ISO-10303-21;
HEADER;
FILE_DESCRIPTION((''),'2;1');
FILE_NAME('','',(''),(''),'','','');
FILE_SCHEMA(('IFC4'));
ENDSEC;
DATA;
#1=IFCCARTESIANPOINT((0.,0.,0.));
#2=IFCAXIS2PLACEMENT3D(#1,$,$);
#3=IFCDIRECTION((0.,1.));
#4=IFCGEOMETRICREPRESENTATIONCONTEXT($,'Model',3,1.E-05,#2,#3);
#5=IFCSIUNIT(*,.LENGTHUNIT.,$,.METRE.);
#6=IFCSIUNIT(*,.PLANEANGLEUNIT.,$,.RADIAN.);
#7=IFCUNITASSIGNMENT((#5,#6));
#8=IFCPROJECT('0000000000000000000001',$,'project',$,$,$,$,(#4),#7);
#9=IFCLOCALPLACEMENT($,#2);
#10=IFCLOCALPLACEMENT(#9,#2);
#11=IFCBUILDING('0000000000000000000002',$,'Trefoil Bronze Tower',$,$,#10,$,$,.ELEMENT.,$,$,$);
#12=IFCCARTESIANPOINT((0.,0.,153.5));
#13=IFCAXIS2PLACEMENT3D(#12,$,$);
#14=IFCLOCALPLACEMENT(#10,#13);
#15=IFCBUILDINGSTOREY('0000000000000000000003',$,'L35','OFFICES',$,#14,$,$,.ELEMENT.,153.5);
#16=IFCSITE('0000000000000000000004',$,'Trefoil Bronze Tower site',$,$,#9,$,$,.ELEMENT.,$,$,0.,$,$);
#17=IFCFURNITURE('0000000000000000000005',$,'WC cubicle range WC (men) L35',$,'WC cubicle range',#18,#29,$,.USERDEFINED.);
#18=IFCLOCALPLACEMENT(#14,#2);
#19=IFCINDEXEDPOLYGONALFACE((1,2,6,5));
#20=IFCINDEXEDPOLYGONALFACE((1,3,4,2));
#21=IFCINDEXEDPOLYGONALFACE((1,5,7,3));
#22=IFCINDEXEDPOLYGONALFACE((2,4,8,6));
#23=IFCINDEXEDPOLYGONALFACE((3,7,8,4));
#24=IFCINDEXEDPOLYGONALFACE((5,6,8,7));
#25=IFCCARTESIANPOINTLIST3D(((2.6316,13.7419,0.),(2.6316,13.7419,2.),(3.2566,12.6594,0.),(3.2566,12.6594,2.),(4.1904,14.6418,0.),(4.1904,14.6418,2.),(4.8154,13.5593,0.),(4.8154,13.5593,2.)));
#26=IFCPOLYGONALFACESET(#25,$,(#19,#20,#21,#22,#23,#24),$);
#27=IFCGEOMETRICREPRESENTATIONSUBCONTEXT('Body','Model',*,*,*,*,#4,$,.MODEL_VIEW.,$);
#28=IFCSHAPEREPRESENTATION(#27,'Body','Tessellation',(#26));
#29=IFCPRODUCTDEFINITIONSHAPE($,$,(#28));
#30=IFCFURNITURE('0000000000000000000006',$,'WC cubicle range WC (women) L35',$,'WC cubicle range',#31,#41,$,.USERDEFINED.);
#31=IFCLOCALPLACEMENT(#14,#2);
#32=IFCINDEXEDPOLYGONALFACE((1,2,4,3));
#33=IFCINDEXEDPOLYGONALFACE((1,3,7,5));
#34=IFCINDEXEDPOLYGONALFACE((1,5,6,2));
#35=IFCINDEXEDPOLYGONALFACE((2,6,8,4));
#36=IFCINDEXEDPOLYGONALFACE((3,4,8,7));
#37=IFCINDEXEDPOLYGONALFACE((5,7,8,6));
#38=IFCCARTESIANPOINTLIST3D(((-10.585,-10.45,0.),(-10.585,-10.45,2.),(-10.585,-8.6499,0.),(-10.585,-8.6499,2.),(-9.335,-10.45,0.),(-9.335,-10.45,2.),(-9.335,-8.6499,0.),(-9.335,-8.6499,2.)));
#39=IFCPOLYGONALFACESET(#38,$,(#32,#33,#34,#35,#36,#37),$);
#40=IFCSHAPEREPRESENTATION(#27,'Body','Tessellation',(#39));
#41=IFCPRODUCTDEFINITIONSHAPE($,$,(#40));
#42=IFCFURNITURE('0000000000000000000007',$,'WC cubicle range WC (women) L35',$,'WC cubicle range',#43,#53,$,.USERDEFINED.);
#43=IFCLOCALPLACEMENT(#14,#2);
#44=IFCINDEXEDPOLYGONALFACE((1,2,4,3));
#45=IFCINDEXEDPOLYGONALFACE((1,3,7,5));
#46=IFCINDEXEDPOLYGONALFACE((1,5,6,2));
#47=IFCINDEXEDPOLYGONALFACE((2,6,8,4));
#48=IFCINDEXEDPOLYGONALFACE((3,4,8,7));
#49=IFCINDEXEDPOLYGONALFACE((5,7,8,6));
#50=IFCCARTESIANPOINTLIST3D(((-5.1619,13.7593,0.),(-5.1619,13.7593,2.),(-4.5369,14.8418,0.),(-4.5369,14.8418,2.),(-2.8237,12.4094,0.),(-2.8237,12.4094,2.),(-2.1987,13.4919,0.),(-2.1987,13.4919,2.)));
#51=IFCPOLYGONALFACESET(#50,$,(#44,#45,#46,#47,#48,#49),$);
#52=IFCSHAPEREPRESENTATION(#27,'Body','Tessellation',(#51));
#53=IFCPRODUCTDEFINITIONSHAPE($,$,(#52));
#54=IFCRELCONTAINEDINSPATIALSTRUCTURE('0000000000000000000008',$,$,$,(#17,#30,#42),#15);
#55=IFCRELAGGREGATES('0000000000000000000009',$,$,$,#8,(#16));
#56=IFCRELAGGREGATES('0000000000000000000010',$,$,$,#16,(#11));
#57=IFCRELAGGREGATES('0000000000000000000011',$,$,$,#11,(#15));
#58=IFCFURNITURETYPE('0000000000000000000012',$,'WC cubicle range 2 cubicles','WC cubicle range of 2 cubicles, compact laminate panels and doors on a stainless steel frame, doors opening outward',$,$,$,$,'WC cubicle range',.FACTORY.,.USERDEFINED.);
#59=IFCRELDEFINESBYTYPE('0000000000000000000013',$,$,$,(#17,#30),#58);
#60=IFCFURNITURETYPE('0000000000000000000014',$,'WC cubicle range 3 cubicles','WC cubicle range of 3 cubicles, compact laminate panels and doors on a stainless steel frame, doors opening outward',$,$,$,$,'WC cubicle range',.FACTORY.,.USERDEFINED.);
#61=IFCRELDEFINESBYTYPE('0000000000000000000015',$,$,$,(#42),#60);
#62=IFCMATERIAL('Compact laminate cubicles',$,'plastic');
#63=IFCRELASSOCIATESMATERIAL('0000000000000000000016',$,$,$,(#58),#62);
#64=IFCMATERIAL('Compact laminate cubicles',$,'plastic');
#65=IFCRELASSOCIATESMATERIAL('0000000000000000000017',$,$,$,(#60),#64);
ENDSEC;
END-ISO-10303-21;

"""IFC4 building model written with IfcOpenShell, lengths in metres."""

from ifc_helpers import new_model, si_unit, direction, frame, origin, place, context, subcontext, project, spatial, polyline, outline, extrude, material, type_object, element, save


model = new_model("IFC4")

# Units and contexts
model_context = context("Model", 3, precision=1e-05, world=origin(), true_north=direction((0.0, 1.0)))
body_context = subcontext(model_context, "Body", "Model", "MODEL_VIEW")
ifc_project = project(units=[si_unit("LENGTHUNIT", "METRE"), si_unit("PLANEANGLEUNIT", "RADIAN")], contexts=[model_context])

# Site, building, storey
site_placement = place(None, origin())
site = spatial("IfcSite", under=ifc_project, at=site_placement, Name="Trefoil Bronze Tower site", CompositionType="ELEMENT", RefElevation=0.0)
building_placement = place(site_placement, origin())
building = spatial("IfcBuilding", under=site, at=building_placement, Name="Trefoil Bronze Tower", CompositionType="ELEMENT")
storey_placement = place(building_placement, frame((0.0, 0.0, 153.5)))
storey = spatial("IfcBuildingStorey", under=building, at=storey_placement, Name="L35", Description="OFFICES", CompositionType="ELEMENT", Elevation=153.5)

# Furniture
ifc_material_1 = material(Name="Compact laminate cubicles", Category="plastic")
furniture_type_1 = type_object("IfcFurnitureType", Name="WC cubicle range 2 cubicles", Description="WC cubicle range of 2 cubicles, compact laminate panels and doors on a stainless steel frame, doors opening outward", ElementType="WC cubicle range", AssemblyPlace="FACTORY", PredefinedType="USERDEFINED", material=ifc_material_1)
furniture_1_placement = place(storey_placement, origin())
element("IfcFurniture", 1, at=furniture_1_placement, inside=storey, type_object=furniture_type_1, Name="WC cubicle range WC (men) L35", ObjectType="WC cubicle range", PredefinedType="USERDEFINED", context=body_context, shape_type="SweptSolid", body=[
    extrude(outline(polyline([(3.2566, 12.6594), (2.6316, 13.7419), (4.1904, 14.6418), (4.8154, 13.5593), (3.2566, 12.6594)])), origin(), (0.0, 0.0, 1.0), 2.0),
])
furniture_2_placement = place(storey_placement, origin())
element("IfcFurniture", 2, at=furniture_2_placement, inside=storey, type_object=furniture_type_1, Name="WC cubicle range WC (women) L35", ObjectType="WC cubicle range", PredefinedType="USERDEFINED", context=body_context, shape_type="SweptSolid", body=[
    extrude(outline(polyline([(-9.335, -8.6499), (-10.585, -8.6499), (-10.585, -10.45), (-9.335, -10.45), (-9.335, -8.6499)])), origin(), (0.0, 0.0, 1.0), 2.0),
])
ifc_material_2 = material(Name="Compact laminate cubicles", Category="plastic")
furniture_type_2 = type_object("IfcFurnitureType", Name="WC cubicle range 3 cubicles", Description="WC cubicle range of 3 cubicles, compact laminate panels and doors on a stainless steel frame, doors opening outward", ElementType="WC cubicle range", AssemblyPlace="FACTORY", PredefinedType="USERDEFINED", material=ifc_material_2)
furniture_3_placement = place(storey_placement, origin())
element("IfcFurniture", 3, at=furniture_3_placement, inside=storey, type_object=furniture_type_2, Name="WC cubicle range WC (women) L35", ObjectType="WC cubicle range", PredefinedType="USERDEFINED", context=body_context, shape_type="SweptSolid", body=[
    extrude(outline(polyline([(-2.8237, 12.4094), (-2.1987, 13.4919), (-4.5369, 14.8418), (-5.1619, 13.7593), (-2.8237, 12.4094)])), origin(), (0.0, 0.0, 1.0), 2.0),
])

save(model, "model.ifc")
